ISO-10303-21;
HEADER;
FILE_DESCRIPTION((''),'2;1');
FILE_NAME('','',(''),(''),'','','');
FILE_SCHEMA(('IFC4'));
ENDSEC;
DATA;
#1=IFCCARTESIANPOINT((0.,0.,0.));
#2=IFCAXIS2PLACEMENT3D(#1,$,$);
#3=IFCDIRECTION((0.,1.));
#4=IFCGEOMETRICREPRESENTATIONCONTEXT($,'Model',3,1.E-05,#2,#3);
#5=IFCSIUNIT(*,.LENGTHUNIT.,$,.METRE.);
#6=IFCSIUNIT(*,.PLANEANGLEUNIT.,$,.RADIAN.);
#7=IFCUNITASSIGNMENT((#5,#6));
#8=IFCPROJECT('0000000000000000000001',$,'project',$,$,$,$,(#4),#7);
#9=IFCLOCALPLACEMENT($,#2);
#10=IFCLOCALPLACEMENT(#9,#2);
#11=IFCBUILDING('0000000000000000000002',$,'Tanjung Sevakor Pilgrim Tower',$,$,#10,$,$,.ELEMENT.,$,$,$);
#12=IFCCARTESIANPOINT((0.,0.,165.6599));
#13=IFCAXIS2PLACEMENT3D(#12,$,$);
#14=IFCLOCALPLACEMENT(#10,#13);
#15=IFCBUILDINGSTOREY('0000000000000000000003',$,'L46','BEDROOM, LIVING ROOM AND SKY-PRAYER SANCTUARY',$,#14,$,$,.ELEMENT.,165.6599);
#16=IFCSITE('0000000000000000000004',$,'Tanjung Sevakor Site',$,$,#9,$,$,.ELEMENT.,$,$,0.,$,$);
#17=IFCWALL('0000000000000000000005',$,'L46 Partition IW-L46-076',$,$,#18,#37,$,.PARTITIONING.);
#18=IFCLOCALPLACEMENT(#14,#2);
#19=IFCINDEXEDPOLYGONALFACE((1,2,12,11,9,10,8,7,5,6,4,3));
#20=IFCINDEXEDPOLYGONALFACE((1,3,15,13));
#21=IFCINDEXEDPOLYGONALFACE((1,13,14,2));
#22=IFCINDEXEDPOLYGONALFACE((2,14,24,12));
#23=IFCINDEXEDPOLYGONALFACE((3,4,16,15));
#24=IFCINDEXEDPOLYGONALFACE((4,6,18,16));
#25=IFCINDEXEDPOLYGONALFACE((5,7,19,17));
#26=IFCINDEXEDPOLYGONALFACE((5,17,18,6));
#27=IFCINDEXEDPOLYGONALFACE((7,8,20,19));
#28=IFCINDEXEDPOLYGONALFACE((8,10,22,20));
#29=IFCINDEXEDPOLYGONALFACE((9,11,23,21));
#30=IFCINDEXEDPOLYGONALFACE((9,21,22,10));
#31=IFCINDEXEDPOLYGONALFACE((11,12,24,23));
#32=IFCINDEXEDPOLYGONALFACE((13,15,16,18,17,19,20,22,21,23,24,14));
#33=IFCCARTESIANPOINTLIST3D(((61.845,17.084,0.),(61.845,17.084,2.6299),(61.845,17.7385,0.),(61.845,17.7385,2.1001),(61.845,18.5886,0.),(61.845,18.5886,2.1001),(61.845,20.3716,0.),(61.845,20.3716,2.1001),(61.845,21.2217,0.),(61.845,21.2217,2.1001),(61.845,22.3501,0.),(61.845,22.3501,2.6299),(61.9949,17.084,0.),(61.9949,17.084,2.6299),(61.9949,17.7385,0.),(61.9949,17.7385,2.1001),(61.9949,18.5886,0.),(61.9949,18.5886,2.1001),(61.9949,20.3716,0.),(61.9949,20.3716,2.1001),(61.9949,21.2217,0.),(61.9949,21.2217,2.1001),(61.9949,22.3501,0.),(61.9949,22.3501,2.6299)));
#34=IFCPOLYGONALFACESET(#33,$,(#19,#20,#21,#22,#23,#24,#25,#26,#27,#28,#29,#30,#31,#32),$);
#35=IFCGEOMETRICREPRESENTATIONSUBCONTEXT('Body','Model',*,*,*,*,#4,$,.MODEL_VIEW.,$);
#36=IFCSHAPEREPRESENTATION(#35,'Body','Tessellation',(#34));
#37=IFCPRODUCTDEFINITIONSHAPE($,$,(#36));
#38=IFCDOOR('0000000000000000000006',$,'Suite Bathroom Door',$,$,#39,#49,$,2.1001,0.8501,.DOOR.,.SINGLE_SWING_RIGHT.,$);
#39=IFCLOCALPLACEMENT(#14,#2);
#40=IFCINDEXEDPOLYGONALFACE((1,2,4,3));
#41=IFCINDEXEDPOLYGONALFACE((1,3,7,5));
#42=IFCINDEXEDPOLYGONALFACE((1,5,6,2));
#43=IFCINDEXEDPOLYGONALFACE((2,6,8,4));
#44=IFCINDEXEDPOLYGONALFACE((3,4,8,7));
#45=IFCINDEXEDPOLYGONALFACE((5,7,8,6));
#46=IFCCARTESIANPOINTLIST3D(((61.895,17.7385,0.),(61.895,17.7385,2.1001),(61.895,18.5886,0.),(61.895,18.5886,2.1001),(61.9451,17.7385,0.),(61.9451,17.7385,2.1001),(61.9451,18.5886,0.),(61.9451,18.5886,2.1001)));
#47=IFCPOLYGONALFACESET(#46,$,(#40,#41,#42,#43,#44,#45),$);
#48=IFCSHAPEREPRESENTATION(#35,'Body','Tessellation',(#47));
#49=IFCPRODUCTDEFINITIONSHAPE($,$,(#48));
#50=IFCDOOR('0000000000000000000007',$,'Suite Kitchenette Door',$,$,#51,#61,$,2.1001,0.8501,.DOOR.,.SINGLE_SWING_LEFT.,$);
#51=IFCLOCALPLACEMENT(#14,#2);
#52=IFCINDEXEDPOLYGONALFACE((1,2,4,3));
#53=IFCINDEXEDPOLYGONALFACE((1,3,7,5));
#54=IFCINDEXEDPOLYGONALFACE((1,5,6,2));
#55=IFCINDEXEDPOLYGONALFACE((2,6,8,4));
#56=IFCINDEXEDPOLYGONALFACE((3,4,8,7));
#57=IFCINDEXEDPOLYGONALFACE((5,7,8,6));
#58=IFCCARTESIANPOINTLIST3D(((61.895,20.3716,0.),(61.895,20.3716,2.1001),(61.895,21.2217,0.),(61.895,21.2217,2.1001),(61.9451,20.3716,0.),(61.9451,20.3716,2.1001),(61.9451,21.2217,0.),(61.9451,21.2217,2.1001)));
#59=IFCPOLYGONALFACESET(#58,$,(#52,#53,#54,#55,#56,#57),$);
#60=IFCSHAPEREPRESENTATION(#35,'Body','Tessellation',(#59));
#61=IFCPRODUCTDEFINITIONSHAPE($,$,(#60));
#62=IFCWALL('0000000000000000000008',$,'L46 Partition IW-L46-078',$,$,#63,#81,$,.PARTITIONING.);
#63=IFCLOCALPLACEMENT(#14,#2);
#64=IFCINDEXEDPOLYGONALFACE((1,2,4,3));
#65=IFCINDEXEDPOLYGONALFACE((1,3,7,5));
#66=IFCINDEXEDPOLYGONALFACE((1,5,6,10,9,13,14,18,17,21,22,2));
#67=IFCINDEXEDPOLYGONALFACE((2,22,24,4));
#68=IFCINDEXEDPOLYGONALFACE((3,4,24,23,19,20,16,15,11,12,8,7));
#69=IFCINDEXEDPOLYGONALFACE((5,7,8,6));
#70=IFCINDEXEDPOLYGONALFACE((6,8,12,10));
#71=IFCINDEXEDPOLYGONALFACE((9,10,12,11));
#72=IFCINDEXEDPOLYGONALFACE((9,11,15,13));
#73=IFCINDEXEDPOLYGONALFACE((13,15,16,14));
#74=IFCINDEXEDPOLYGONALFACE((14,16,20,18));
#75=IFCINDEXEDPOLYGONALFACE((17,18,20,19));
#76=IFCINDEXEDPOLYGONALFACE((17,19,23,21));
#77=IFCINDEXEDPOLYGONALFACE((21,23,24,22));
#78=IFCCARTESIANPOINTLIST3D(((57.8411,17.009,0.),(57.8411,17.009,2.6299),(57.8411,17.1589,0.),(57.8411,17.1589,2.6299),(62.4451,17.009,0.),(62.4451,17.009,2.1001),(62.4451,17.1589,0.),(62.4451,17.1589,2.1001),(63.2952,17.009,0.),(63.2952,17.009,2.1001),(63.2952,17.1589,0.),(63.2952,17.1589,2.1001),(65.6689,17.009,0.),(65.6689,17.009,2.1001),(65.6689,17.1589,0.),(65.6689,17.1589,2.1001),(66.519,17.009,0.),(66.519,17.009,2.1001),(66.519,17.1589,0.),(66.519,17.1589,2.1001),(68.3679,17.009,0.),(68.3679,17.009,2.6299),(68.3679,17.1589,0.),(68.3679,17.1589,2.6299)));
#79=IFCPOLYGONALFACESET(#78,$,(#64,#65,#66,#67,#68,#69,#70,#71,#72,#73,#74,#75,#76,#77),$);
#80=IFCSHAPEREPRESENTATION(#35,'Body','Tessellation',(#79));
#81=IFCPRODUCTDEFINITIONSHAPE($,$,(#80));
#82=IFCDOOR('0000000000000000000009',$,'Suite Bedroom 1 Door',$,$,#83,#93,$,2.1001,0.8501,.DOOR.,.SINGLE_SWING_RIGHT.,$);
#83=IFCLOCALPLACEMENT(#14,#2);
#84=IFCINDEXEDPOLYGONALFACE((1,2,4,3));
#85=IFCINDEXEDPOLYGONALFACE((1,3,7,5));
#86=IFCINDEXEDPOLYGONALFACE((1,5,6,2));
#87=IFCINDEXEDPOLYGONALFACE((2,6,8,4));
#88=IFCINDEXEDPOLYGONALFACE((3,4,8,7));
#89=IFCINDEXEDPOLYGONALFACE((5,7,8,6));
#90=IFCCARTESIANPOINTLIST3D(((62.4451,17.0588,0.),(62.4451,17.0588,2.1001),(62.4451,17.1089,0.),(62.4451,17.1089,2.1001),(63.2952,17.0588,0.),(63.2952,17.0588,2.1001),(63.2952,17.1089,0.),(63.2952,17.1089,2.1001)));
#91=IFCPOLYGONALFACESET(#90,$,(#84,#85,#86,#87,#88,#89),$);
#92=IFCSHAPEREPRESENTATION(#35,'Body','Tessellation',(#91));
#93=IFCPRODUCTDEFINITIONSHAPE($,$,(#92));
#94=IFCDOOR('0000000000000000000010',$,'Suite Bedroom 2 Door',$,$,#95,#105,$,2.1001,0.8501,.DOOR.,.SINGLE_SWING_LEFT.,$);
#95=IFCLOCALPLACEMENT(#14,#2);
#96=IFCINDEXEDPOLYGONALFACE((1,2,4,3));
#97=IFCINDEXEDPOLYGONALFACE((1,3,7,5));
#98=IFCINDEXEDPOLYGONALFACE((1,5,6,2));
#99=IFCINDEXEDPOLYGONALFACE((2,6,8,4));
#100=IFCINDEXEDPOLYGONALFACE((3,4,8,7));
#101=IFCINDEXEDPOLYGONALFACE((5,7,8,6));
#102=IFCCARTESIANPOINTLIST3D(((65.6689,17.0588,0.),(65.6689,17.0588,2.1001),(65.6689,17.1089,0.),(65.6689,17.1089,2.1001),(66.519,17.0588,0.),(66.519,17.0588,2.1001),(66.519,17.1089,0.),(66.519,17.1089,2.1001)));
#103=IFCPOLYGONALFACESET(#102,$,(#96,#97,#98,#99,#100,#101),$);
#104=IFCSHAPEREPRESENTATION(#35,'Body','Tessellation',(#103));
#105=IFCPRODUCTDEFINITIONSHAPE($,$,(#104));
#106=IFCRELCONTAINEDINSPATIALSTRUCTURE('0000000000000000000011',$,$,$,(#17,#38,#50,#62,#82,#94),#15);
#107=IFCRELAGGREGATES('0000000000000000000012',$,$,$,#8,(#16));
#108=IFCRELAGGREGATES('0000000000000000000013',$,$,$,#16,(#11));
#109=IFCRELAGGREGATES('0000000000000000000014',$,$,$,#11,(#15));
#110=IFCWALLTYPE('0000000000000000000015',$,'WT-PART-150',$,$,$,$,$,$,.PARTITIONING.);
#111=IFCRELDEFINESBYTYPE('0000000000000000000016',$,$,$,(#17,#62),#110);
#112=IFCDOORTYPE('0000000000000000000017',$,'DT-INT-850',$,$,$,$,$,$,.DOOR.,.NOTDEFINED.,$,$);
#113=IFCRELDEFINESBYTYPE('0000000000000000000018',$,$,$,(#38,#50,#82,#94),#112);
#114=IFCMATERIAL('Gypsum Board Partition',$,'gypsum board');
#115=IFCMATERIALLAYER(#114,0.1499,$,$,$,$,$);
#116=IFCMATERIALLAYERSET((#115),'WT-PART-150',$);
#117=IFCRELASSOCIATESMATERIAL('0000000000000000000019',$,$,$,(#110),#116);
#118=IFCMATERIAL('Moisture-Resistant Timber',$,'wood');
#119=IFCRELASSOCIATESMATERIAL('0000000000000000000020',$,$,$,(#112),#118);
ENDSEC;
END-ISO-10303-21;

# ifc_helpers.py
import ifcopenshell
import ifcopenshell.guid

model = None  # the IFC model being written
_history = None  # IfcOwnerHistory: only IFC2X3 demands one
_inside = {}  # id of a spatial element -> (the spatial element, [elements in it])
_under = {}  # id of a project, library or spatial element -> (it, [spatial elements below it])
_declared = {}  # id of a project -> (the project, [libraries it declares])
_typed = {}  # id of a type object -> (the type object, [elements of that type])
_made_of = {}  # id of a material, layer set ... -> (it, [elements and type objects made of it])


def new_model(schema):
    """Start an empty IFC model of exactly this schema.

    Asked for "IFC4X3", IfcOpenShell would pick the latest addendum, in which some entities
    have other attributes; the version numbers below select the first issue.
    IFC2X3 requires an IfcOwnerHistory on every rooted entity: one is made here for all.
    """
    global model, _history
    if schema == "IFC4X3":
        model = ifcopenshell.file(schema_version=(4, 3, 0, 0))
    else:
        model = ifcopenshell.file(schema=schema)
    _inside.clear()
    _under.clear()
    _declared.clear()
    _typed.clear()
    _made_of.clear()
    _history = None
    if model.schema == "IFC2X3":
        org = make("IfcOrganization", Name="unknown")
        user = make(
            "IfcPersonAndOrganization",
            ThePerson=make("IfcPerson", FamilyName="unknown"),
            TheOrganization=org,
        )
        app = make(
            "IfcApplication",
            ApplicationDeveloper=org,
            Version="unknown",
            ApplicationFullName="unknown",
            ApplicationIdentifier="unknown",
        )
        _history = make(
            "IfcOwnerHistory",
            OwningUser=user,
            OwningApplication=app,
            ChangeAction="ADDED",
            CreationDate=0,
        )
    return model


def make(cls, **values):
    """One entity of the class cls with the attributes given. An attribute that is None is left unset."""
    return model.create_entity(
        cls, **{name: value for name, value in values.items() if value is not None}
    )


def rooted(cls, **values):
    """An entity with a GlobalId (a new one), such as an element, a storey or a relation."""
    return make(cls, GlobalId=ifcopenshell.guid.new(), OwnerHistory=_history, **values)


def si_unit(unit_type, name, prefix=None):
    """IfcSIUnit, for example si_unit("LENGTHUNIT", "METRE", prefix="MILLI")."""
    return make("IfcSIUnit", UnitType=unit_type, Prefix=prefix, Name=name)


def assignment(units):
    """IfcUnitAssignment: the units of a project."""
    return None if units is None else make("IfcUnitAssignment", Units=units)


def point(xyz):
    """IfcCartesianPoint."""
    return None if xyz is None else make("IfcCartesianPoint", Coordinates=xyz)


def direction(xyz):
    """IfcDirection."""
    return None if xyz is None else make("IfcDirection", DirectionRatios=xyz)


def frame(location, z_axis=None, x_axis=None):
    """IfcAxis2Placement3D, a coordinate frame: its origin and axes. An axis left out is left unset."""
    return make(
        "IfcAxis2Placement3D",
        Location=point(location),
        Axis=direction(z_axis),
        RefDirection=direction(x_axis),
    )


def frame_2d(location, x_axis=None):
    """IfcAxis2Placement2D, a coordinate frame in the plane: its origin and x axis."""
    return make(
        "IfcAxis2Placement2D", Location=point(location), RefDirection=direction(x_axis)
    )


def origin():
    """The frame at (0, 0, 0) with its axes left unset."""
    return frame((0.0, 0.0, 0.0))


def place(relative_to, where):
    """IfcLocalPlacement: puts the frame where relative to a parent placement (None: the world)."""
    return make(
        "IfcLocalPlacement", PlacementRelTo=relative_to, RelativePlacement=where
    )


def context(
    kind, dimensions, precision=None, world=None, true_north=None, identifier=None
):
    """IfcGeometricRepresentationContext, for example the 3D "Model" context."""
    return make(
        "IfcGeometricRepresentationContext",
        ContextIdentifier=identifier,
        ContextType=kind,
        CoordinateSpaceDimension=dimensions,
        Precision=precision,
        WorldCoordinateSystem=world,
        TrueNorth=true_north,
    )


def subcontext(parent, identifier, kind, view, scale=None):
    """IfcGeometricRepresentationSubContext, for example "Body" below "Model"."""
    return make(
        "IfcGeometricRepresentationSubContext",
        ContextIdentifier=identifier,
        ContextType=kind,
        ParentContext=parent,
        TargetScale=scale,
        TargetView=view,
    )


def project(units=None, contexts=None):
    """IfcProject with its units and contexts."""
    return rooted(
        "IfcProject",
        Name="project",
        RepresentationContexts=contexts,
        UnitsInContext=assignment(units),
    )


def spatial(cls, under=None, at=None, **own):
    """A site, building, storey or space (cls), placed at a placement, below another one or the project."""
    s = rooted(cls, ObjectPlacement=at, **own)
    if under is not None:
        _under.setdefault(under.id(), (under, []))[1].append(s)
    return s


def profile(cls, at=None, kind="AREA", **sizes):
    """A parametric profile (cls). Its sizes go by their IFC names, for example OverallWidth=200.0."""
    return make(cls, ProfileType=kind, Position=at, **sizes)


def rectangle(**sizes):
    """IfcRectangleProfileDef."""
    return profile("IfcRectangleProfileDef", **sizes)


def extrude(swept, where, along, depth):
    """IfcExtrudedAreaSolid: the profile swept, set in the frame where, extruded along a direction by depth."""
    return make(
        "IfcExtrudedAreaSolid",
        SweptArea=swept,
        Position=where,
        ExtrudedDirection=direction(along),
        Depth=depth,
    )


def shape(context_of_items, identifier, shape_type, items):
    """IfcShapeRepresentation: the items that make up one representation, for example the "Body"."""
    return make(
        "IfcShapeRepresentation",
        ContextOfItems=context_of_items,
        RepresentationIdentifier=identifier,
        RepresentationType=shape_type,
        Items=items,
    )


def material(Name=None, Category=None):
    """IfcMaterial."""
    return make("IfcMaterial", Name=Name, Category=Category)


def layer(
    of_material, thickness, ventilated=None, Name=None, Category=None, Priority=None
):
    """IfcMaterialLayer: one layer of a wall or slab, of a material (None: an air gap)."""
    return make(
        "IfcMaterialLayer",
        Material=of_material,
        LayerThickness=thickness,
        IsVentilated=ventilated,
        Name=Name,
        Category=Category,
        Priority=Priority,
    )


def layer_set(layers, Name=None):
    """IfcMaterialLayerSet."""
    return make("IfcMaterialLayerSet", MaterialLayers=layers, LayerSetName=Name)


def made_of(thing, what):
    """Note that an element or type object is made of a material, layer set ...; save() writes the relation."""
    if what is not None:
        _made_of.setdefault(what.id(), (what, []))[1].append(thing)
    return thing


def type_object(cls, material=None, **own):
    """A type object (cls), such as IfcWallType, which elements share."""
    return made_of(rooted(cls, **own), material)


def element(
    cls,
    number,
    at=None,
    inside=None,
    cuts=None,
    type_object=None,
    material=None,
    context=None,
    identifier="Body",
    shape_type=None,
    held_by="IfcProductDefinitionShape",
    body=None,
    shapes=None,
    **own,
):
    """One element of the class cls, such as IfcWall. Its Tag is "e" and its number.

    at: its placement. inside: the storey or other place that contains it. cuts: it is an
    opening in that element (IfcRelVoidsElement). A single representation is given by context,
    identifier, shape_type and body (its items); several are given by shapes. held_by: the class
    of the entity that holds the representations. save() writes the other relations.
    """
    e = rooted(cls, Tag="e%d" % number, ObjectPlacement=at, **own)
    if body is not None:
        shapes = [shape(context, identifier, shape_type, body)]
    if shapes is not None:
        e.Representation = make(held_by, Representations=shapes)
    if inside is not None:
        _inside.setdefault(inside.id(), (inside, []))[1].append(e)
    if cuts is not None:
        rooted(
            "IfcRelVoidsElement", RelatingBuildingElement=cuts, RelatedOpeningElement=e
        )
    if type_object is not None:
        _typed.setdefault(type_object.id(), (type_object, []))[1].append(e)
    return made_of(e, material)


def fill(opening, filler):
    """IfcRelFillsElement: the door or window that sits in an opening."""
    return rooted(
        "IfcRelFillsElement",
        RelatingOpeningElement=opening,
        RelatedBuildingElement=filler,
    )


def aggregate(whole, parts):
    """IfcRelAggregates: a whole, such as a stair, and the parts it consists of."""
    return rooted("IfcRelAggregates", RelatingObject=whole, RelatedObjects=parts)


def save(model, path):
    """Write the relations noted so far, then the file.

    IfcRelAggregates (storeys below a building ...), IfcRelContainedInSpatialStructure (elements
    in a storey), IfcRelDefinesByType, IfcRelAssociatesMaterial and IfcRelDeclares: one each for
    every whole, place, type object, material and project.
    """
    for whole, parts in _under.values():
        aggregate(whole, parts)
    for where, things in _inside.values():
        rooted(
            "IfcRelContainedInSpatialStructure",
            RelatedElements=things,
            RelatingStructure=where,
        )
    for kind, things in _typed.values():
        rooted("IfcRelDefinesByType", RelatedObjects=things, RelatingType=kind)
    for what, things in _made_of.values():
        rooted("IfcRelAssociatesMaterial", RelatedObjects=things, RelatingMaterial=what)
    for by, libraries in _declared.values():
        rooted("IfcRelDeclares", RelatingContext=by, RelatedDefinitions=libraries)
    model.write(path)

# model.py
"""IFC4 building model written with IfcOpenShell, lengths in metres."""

from ifc_helpers import new_model, si_unit, direction, frame, frame_2d, origin, place, context, subcontext, project, spatial, rectangle, extrude, material, layer, layer_set, type_object, element, fill, save


model = new_model("IFC4")

# Units and contexts
model_context = context("Model", 3, precision=1e-05, world=origin(), true_north=direction((0.0, 1.0)))
body_context = subcontext(model_context, "Body", "Model", "MODEL_VIEW")
ifc_project = project(units=[si_unit("LENGTHUNIT", "METRE"), si_unit("PLANEANGLEUNIT", "RADIAN")], contexts=[model_context])

# Site, building, storey
site_placement = place(None, origin())
site = spatial("IfcSite", under=ifc_project, at=site_placement, Name="Tanjung Sevakor Site", CompositionType="ELEMENT", RefElevation=0.0)
building_placement = place(site_placement, origin())
building = spatial("IfcBuilding", under=site, at=building_placement, Name="Tanjung Sevakor Pilgrim Tower", CompositionType="ELEMENT")
storey_placement = place(building_placement, frame((0.0, 0.0, 165.6599)))
storey = spatial("IfcBuildingStorey", under=building, at=storey_placement, Name="L46", Description="BEDROOM, LIVING ROOM AND SKY-PRAYER SANCTUARY", CompositionType="ELEMENT", Elevation=165.6599)

# Shared definitions
ifc_material_1 = material(Name="Gypsum Board Partition", Category="gypsum board")
ifc_layer_1 = layer(ifc_material_1, 0.1499)
ifc_layer_set_1 = layer_set([ifc_layer_1], Name="WT-PART-150")
wall_type_1 = type_object("IfcWallType", Name="WT-PART-150", PredefinedType="PARTITIONING", material=ifc_layer_set_1)

# Walls, openings, doors
wall_1_placement = place(storey_placement, frame((61.9199, 17.084, 0.0), z_axis=(0.0, 0.0, 1.0), x_axis=(0.0, 1.0, 0.0)))
wall_1 = element("IfcWall", 1, at=wall_1_placement, inside=storey, type_object=wall_type_1, Name="L46 Partition IW-L46-076", PredefinedType="PARTITIONING", context=body_context, shape_type="SweptSolid", body=[
    extrude(rectangle(XDim=5.2661, YDim=0.1499, at=frame_2d((2.6331, 0.0))), origin(), (0.0, 0.0, 1.0), 2.6299),
])
opening_1_placement = place(wall_1_placement, frame((0.6545, 0.0, 0.0)))
opening_1 = element("IfcOpeningElement", 2, at=opening_1_placement, cuts=wall_1, PredefinedType="OPENING", context=body_context, shape_type="SweptSolid", body=[
    extrude(rectangle(XDim=0.8501, YDim=2.1001, at=frame_2d((0.425, 1.05))), frame((0.0, 0.085, 0.0), z_axis=(0.0, -1.0, 0.0), x_axis=(1.0, 0.0, 0.0)), (0.0, 0.0, 1.0), 0.1699),
])
opening_2_placement = place(wall_1_placement, frame((3.2876, 0.0, 0.0)))
opening_2 = element("IfcOpeningElement", 3, at=opening_2_placement, cuts=wall_1, PredefinedType="OPENING", context=body_context, shape_type="SweptSolid", body=[
    extrude(rectangle(XDim=0.8501, YDim=2.1001, at=frame_2d((0.425, 1.05))), frame((0.0, 0.085, 0.0), z_axis=(0.0, -1.0, 0.0), x_axis=(1.0, 0.0, 0.0)), (0.0, 0.0, 1.0), 0.1699),
])
ifc_material_2 = material(Name="Moisture-Resistant Timber", Category="wood")
door_type_1 = type_object("IfcDoorType", Name="DT-INT-850", OperationType="NOTDEFINED", PredefinedType="DOOR", material=ifc_material_2)
door_1_placement = place(opening_1_placement, origin())
door_1 = element("IfcDoor", 4, at=door_1_placement, inside=storey, type_object=door_type_1, Name="Suite Bathroom Door", OperationType="SINGLE_SWING_RIGHT", OverallHeight=2.1001, OverallWidth=0.8501, PredefinedType="DOOR", context=body_context, shape_type="SweptSolid", body=[
    extrude(rectangle(XDim=0.8501, YDim=2.1001, at=frame_2d((0.425, 1.05))), frame((0.0, 0.0249, 0.0), z_axis=(0.0, -1.0, 0.0), x_axis=(1.0, 0.0, 0.0)), (0.0, 0.0, 1.0), 0.05),
])
fill(opening_1, door_1)
door_2_placement = place(opening_2_placement, origin())
door_2 = element("IfcDoor", 5, at=door_2_placement, inside=storey, type_object=door_type_1, Name="Suite Kitchenette Door", OperationType="SINGLE_SWING_LEFT", OverallHeight=2.1001, OverallWidth=0.8501, PredefinedType="DOOR", context=body_context, shape_type="SweptSolid", body=[
    extrude(rectangle(XDim=0.8501, YDim=2.1001, at=frame_2d((0.425, 1.05))), frame((0.0, 0.0249, 0.0), z_axis=(0.0, -1.0, 0.0), x_axis=(1.0, 0.0, 0.0)), (0.0, 0.0, 1.0), 0.05),
])
fill(opening_2, door_2)
wall_2_placement = place(storey_placement, frame((57.8411, 17.084, 0.0), z_axis=(0.0, 0.0, 1.0), x_axis=(1.0, 0.0, 0.0)))
wall_2 = element("IfcWall", 6, at=wall_2_placement, inside=storey, type_object=wall_type_1, Name="L46 Partition IW-L46-078", PredefinedType="PARTITIONING", context=body_context, shape_type="SweptSolid", body=[
    extrude(rectangle(XDim=10.5269, YDim=0.1499, at=frame_2d((5.2634, 0.0))), origin(), (0.0, 0.0, 1.0), 2.6299),
])
opening_3_placement = place(wall_2_placement, frame((4.604, 0.0, 0.0)))
opening_3 = element("IfcOpeningElement", 7, at=opening_3_placement, cuts=wall_2, PredefinedType="OPENING", context=body_context, shape_type="SweptSolid", body=[
    extrude(rectangle(XDim=0.8501, YDim=2.1001, at=frame_2d((0.425, 1.05))), frame((0.0, 0.085, 0.0), z_axis=(0.0, -1.0, 0.0), x_axis=(1.0, 0.0, 0.0)), (0.0, 0.0, 1.0), 0.1699),
])
opening_4_placement = place(wall_2_placement, frame((7.8279, 0.0, 0.0)))
opening_4 = element("IfcOpeningElement", 8, at=opening_4_placement, cuts=wall_2, PredefinedType="OPENING", context=body_context, shape_type="SweptSolid", body=[
    extrude(rectangle(XDim=0.8501, YDim=2.1001, at=frame_2d((0.425, 1.05))), frame((0.0, 0.085, 0.0), z_axis=(0.0, -1.0, 0.0), x_axis=(1.0, 0.0, 0.0)), (0.0, 0.0, 1.0), 0.1699),
])
door_3_placement = place(opening_3_placement, origin())
door_3 = element("IfcDoor", 9, at=door_3_placement, inside=storey, type_object=door_type_1, Name="Suite Bedroom 1 Door", OperationType="SINGLE_SWING_RIGHT", OverallHeight=2.1001, OverallWidth=0.8501, PredefinedType="DOOR", context=body_context, shape_type="SweptSolid", body=[
    extrude(rectangle(XDim=0.8501, YDim=2.1001, at=frame_2d((0.425, 1.05))), frame((0.0, 0.0249, 0.0), z_axis=(0.0, -1.0, 0.0), x_axis=(1.0, 0.0, 0.0)), (0.0, 0.0, 1.0), 0.05),
])
fill(opening_3, door_3)
door_4_placement = place(opening_4_placement, origin())
door_4 = element("IfcDoor", 10, at=door_4_placement, inside=storey, type_object=door_type_1, Name="Suite Bedroom 2 Door", OperationType="SINGLE_SWING_LEFT", OverallHeight=2.1001, OverallWidth=0.8501, PredefinedType="DOOR", context=body_context, shape_type="SweptSolid", body=[
    extrude(rectangle(XDim=0.8501, YDim=2.1001, at=frame_2d((0.425, 1.05))), frame((0.0, 0.0249, 0.0), z_axis=(0.0, -1.0, 0.0), x_axis=(1.0, 0.0, 0.0)), (0.0, 0.0, 1.0), 0.05),
])
fill(opening_4, door_4)

save(model, "model.ifc")
